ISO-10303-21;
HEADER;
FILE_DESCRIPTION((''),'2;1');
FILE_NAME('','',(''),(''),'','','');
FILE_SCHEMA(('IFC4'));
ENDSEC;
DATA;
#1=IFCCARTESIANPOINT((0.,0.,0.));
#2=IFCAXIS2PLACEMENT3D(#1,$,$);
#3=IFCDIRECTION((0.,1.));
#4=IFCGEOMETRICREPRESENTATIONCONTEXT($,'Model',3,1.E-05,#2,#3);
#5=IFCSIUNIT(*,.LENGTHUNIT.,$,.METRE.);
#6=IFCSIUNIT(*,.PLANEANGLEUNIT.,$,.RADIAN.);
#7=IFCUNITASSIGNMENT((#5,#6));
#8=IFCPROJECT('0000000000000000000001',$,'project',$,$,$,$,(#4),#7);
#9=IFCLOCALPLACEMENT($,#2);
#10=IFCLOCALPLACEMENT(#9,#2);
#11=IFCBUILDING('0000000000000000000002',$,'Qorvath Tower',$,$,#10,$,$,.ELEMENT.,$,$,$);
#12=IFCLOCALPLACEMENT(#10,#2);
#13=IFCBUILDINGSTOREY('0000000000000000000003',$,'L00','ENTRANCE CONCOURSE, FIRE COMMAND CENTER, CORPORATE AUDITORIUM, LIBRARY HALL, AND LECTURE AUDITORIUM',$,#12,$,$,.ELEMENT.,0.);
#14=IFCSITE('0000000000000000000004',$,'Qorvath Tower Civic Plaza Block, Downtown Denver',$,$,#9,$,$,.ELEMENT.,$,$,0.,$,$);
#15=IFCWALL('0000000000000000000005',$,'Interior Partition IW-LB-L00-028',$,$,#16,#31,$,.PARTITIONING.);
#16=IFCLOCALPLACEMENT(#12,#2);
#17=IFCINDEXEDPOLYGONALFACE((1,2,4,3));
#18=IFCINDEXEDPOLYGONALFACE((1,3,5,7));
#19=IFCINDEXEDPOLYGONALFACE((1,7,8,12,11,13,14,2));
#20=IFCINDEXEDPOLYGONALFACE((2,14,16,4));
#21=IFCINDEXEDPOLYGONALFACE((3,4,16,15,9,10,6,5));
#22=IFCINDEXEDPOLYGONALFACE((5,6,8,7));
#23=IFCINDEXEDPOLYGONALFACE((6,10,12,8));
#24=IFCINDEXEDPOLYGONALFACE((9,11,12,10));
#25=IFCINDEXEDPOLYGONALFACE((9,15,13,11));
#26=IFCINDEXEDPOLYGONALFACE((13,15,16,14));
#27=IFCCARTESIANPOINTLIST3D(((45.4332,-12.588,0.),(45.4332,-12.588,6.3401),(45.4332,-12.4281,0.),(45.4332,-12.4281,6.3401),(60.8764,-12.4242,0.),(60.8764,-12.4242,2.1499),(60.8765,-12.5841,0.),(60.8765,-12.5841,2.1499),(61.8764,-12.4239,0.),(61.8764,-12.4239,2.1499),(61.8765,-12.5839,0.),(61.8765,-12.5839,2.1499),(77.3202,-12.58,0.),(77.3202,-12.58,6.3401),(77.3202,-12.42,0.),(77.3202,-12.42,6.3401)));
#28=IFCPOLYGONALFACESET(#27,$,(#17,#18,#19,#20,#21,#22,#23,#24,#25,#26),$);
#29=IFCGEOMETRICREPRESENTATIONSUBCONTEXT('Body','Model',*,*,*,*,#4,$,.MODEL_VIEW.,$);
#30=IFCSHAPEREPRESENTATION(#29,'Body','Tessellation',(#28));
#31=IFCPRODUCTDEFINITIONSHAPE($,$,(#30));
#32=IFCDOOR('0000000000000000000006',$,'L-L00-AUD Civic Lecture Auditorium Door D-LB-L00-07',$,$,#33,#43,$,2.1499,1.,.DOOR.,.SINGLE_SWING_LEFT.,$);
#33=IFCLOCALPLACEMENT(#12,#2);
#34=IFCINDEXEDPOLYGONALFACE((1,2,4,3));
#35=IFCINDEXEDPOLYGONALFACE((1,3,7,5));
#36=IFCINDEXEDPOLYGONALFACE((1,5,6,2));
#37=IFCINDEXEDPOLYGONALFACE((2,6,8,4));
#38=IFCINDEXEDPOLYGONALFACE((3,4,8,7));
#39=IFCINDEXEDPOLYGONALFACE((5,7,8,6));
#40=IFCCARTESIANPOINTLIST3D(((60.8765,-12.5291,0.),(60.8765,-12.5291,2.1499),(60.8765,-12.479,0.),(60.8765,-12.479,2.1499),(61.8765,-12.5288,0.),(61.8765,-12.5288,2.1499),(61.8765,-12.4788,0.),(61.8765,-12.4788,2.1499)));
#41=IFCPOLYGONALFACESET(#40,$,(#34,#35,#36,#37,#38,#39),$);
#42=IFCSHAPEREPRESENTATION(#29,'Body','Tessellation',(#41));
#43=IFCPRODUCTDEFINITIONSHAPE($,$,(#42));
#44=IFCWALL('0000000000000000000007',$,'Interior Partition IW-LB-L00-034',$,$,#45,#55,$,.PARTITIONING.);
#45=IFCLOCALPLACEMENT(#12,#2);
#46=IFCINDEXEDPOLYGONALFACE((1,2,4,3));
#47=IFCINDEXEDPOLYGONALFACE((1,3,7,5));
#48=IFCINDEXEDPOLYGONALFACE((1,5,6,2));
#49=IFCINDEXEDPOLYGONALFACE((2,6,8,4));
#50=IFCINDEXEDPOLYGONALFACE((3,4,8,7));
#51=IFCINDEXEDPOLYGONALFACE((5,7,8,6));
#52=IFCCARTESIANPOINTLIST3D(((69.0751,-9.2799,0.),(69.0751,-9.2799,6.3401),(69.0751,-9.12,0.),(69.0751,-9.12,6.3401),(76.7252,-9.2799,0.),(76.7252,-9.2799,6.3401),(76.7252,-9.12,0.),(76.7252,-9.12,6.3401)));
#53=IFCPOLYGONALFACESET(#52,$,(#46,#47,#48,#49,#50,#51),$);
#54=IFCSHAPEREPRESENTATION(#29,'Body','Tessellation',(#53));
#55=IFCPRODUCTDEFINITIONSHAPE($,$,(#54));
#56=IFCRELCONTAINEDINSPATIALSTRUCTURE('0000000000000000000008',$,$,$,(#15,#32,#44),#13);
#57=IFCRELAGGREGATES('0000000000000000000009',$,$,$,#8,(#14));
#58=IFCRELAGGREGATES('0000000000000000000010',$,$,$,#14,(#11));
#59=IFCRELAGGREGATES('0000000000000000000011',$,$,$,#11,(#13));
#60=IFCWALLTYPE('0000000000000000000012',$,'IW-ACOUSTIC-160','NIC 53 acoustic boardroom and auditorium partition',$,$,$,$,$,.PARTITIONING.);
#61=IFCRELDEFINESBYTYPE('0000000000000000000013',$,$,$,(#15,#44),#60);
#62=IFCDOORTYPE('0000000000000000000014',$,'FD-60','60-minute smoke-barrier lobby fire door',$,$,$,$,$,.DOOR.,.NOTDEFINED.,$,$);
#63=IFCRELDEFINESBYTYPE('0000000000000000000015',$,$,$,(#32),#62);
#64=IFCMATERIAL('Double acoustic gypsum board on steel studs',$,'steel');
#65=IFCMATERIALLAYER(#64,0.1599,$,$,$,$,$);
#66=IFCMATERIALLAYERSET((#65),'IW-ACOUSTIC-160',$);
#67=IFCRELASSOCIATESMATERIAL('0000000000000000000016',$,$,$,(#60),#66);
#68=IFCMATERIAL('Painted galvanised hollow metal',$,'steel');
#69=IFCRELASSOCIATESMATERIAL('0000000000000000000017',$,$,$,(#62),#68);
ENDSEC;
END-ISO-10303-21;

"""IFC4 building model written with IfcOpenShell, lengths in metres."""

from ifc_helpers import new_model, si_unit, direction, frame, frame_2d, origin, place, context, subcontext, project, spatial, rectangle, extrude, material, layer, layer_set, type_object, element, fill, save


model = new_model("IFC4")

# Units and contexts
model_context = context("Model", 3, precision=1e-05, world=origin(), true_north=direction((0.0, 1.0)))
body_context = subcontext(model_context, "Body", "Model", "MODEL_VIEW")
ifc_project = project(units=[si_unit("LENGTHUNIT", "METRE"), si_unit("PLANEANGLEUNIT", "RADIAN")], contexts=[model_context])

# Site, building, storey
site_placement = place(None, origin())
site = spatial("IfcSite", under=ifc_project, at=site_placement, Name="Qorvath Tower Civic Plaza Block, Downtown Denver", CompositionType="ELEMENT", RefElevation=0.0)
building_placement = place(site_placement, origin())
building = spatial("IfcBuilding", under=site, at=building_placement, Name="Qorvath Tower", CompositionType="ELEMENT")
storey_placement = place(building_placement, origin())
storey = spatial("IfcBuildingStorey", under=building, at=storey_placement, Name="L00", Description="ENTRANCE CONCOURSE, FIRE COMMAND CENTER, CORPORATE AUDITORIUM, LIBRARY HALL, AND LECTURE AUDITORIUM", CompositionType="ELEMENT", Elevation=0.0)

# Wall, opening, door
ifc_material_1 = material(Name="Double acoustic gypsum board on steel studs", Category="steel")
ifc_layer_1 = layer(ifc_material_1, 0.1599)
ifc_layer_set_1 = layer_set([ifc_layer_1], Name="IW-ACOUSTIC-160")
wall_type = type_object("IfcWallType", Name="IW-ACOUSTIC-160", Description="NIC 53 acoustic boardroom and auditorium partition", PredefinedType="PARTITIONING", material=ifc_layer_set_1)
wall_1_placement = place(storey_placement, frame((77.3201, -12.5, 0.0), z_axis=(0.0, 0.0, 1.0), x_axis=(-1.0, -0.000253, 0.0)))
wall_1 = element("IfcWall", 1, at=wall_1_placement, inside=storey, type_object=wall_type, Name="Interior Partition IW-LB-L00-028", PredefinedType="PARTITIONING", context=body_context, shape_type="SweptSolid", body=[
    extrude(rectangle(XDim=31.887, YDim=0.1599, at=frame_2d((15.9434, 0.0))), origin(), (0.0, 0.0, 1.0), 6.3401),
])
opening_placement = place(wall_1_placement, frame((15.4436, 0.0, 0.0)))
opening = element("IfcOpeningElement", 2, at=opening_placement, cuts=wall_1, PredefinedType="OPENING", context=body_context, shape_type="SweptSolid", body=[
    extrude(rectangle(XDim=1.0, YDim=2.1499, at=frame_2d((0.5, 1.075))), frame((0.0, 0.0898, 0.0), z_axis=(0.0, -1.0, 0.0), x_axis=(1.0, 0.0, 0.0)), (0.0, 0.0, 1.0), 0.1799),
])
ifc_material_2 = material(Name="Painted galvanised hollow metal", Category="steel")
door_type = type_object("IfcDoorType", Name="FD-60", Description="60-minute smoke-barrier lobby fire door", OperationType="NOTDEFINED", PredefinedType="DOOR", material=ifc_material_2)
door_placement = place(opening_placement, origin())
door = element("IfcDoor", 3, at=door_placement, inside=storey, type_object=door_type, Name="L-L00-AUD Civic Lecture Auditorium Door D-LB-L00-07", OperationType="SINGLE_SWING_LEFT", OverallHeight=2.1499, OverallWidth=1.0, PredefinedType="DOOR", context=body_context, shape_type="SweptSolid", body=[
    extrude(rectangle(XDim=1.0, YDim=2.1499, at=frame_2d((0.5, 1.075))), frame((0.0, 0.0249, 0.0), z_axis=(0.0, -1.0, 0.0), x_axis=(1.0, 0.0, 0.0)), (0.0, 0.0, 1.0), 0.05),
])
fill(opening, door)

# Wall
wall_2_placement = place(storey_placement, frame((69.075, -9.2, 0.0), z_axis=(0.0, 0.0, 1.0), x_axis=(1.0, 0.0, 0.0)))
element("IfcWall", 4, at=wall_2_placement, inside=storey, type_object=wall_type, Name="Interior Partition IW-LB-L00-034", PredefinedType="PARTITIONING", context=body_context, shape_type="SweptSolid", body=[
    extrude(rectangle(XDim=7.6501, YDim=0.1599, at=frame_2d((3.8252, 0.0))), origin(), (0.0, 0.0, 1.0), 6.3401),
])

save(model, "model.ifc")
